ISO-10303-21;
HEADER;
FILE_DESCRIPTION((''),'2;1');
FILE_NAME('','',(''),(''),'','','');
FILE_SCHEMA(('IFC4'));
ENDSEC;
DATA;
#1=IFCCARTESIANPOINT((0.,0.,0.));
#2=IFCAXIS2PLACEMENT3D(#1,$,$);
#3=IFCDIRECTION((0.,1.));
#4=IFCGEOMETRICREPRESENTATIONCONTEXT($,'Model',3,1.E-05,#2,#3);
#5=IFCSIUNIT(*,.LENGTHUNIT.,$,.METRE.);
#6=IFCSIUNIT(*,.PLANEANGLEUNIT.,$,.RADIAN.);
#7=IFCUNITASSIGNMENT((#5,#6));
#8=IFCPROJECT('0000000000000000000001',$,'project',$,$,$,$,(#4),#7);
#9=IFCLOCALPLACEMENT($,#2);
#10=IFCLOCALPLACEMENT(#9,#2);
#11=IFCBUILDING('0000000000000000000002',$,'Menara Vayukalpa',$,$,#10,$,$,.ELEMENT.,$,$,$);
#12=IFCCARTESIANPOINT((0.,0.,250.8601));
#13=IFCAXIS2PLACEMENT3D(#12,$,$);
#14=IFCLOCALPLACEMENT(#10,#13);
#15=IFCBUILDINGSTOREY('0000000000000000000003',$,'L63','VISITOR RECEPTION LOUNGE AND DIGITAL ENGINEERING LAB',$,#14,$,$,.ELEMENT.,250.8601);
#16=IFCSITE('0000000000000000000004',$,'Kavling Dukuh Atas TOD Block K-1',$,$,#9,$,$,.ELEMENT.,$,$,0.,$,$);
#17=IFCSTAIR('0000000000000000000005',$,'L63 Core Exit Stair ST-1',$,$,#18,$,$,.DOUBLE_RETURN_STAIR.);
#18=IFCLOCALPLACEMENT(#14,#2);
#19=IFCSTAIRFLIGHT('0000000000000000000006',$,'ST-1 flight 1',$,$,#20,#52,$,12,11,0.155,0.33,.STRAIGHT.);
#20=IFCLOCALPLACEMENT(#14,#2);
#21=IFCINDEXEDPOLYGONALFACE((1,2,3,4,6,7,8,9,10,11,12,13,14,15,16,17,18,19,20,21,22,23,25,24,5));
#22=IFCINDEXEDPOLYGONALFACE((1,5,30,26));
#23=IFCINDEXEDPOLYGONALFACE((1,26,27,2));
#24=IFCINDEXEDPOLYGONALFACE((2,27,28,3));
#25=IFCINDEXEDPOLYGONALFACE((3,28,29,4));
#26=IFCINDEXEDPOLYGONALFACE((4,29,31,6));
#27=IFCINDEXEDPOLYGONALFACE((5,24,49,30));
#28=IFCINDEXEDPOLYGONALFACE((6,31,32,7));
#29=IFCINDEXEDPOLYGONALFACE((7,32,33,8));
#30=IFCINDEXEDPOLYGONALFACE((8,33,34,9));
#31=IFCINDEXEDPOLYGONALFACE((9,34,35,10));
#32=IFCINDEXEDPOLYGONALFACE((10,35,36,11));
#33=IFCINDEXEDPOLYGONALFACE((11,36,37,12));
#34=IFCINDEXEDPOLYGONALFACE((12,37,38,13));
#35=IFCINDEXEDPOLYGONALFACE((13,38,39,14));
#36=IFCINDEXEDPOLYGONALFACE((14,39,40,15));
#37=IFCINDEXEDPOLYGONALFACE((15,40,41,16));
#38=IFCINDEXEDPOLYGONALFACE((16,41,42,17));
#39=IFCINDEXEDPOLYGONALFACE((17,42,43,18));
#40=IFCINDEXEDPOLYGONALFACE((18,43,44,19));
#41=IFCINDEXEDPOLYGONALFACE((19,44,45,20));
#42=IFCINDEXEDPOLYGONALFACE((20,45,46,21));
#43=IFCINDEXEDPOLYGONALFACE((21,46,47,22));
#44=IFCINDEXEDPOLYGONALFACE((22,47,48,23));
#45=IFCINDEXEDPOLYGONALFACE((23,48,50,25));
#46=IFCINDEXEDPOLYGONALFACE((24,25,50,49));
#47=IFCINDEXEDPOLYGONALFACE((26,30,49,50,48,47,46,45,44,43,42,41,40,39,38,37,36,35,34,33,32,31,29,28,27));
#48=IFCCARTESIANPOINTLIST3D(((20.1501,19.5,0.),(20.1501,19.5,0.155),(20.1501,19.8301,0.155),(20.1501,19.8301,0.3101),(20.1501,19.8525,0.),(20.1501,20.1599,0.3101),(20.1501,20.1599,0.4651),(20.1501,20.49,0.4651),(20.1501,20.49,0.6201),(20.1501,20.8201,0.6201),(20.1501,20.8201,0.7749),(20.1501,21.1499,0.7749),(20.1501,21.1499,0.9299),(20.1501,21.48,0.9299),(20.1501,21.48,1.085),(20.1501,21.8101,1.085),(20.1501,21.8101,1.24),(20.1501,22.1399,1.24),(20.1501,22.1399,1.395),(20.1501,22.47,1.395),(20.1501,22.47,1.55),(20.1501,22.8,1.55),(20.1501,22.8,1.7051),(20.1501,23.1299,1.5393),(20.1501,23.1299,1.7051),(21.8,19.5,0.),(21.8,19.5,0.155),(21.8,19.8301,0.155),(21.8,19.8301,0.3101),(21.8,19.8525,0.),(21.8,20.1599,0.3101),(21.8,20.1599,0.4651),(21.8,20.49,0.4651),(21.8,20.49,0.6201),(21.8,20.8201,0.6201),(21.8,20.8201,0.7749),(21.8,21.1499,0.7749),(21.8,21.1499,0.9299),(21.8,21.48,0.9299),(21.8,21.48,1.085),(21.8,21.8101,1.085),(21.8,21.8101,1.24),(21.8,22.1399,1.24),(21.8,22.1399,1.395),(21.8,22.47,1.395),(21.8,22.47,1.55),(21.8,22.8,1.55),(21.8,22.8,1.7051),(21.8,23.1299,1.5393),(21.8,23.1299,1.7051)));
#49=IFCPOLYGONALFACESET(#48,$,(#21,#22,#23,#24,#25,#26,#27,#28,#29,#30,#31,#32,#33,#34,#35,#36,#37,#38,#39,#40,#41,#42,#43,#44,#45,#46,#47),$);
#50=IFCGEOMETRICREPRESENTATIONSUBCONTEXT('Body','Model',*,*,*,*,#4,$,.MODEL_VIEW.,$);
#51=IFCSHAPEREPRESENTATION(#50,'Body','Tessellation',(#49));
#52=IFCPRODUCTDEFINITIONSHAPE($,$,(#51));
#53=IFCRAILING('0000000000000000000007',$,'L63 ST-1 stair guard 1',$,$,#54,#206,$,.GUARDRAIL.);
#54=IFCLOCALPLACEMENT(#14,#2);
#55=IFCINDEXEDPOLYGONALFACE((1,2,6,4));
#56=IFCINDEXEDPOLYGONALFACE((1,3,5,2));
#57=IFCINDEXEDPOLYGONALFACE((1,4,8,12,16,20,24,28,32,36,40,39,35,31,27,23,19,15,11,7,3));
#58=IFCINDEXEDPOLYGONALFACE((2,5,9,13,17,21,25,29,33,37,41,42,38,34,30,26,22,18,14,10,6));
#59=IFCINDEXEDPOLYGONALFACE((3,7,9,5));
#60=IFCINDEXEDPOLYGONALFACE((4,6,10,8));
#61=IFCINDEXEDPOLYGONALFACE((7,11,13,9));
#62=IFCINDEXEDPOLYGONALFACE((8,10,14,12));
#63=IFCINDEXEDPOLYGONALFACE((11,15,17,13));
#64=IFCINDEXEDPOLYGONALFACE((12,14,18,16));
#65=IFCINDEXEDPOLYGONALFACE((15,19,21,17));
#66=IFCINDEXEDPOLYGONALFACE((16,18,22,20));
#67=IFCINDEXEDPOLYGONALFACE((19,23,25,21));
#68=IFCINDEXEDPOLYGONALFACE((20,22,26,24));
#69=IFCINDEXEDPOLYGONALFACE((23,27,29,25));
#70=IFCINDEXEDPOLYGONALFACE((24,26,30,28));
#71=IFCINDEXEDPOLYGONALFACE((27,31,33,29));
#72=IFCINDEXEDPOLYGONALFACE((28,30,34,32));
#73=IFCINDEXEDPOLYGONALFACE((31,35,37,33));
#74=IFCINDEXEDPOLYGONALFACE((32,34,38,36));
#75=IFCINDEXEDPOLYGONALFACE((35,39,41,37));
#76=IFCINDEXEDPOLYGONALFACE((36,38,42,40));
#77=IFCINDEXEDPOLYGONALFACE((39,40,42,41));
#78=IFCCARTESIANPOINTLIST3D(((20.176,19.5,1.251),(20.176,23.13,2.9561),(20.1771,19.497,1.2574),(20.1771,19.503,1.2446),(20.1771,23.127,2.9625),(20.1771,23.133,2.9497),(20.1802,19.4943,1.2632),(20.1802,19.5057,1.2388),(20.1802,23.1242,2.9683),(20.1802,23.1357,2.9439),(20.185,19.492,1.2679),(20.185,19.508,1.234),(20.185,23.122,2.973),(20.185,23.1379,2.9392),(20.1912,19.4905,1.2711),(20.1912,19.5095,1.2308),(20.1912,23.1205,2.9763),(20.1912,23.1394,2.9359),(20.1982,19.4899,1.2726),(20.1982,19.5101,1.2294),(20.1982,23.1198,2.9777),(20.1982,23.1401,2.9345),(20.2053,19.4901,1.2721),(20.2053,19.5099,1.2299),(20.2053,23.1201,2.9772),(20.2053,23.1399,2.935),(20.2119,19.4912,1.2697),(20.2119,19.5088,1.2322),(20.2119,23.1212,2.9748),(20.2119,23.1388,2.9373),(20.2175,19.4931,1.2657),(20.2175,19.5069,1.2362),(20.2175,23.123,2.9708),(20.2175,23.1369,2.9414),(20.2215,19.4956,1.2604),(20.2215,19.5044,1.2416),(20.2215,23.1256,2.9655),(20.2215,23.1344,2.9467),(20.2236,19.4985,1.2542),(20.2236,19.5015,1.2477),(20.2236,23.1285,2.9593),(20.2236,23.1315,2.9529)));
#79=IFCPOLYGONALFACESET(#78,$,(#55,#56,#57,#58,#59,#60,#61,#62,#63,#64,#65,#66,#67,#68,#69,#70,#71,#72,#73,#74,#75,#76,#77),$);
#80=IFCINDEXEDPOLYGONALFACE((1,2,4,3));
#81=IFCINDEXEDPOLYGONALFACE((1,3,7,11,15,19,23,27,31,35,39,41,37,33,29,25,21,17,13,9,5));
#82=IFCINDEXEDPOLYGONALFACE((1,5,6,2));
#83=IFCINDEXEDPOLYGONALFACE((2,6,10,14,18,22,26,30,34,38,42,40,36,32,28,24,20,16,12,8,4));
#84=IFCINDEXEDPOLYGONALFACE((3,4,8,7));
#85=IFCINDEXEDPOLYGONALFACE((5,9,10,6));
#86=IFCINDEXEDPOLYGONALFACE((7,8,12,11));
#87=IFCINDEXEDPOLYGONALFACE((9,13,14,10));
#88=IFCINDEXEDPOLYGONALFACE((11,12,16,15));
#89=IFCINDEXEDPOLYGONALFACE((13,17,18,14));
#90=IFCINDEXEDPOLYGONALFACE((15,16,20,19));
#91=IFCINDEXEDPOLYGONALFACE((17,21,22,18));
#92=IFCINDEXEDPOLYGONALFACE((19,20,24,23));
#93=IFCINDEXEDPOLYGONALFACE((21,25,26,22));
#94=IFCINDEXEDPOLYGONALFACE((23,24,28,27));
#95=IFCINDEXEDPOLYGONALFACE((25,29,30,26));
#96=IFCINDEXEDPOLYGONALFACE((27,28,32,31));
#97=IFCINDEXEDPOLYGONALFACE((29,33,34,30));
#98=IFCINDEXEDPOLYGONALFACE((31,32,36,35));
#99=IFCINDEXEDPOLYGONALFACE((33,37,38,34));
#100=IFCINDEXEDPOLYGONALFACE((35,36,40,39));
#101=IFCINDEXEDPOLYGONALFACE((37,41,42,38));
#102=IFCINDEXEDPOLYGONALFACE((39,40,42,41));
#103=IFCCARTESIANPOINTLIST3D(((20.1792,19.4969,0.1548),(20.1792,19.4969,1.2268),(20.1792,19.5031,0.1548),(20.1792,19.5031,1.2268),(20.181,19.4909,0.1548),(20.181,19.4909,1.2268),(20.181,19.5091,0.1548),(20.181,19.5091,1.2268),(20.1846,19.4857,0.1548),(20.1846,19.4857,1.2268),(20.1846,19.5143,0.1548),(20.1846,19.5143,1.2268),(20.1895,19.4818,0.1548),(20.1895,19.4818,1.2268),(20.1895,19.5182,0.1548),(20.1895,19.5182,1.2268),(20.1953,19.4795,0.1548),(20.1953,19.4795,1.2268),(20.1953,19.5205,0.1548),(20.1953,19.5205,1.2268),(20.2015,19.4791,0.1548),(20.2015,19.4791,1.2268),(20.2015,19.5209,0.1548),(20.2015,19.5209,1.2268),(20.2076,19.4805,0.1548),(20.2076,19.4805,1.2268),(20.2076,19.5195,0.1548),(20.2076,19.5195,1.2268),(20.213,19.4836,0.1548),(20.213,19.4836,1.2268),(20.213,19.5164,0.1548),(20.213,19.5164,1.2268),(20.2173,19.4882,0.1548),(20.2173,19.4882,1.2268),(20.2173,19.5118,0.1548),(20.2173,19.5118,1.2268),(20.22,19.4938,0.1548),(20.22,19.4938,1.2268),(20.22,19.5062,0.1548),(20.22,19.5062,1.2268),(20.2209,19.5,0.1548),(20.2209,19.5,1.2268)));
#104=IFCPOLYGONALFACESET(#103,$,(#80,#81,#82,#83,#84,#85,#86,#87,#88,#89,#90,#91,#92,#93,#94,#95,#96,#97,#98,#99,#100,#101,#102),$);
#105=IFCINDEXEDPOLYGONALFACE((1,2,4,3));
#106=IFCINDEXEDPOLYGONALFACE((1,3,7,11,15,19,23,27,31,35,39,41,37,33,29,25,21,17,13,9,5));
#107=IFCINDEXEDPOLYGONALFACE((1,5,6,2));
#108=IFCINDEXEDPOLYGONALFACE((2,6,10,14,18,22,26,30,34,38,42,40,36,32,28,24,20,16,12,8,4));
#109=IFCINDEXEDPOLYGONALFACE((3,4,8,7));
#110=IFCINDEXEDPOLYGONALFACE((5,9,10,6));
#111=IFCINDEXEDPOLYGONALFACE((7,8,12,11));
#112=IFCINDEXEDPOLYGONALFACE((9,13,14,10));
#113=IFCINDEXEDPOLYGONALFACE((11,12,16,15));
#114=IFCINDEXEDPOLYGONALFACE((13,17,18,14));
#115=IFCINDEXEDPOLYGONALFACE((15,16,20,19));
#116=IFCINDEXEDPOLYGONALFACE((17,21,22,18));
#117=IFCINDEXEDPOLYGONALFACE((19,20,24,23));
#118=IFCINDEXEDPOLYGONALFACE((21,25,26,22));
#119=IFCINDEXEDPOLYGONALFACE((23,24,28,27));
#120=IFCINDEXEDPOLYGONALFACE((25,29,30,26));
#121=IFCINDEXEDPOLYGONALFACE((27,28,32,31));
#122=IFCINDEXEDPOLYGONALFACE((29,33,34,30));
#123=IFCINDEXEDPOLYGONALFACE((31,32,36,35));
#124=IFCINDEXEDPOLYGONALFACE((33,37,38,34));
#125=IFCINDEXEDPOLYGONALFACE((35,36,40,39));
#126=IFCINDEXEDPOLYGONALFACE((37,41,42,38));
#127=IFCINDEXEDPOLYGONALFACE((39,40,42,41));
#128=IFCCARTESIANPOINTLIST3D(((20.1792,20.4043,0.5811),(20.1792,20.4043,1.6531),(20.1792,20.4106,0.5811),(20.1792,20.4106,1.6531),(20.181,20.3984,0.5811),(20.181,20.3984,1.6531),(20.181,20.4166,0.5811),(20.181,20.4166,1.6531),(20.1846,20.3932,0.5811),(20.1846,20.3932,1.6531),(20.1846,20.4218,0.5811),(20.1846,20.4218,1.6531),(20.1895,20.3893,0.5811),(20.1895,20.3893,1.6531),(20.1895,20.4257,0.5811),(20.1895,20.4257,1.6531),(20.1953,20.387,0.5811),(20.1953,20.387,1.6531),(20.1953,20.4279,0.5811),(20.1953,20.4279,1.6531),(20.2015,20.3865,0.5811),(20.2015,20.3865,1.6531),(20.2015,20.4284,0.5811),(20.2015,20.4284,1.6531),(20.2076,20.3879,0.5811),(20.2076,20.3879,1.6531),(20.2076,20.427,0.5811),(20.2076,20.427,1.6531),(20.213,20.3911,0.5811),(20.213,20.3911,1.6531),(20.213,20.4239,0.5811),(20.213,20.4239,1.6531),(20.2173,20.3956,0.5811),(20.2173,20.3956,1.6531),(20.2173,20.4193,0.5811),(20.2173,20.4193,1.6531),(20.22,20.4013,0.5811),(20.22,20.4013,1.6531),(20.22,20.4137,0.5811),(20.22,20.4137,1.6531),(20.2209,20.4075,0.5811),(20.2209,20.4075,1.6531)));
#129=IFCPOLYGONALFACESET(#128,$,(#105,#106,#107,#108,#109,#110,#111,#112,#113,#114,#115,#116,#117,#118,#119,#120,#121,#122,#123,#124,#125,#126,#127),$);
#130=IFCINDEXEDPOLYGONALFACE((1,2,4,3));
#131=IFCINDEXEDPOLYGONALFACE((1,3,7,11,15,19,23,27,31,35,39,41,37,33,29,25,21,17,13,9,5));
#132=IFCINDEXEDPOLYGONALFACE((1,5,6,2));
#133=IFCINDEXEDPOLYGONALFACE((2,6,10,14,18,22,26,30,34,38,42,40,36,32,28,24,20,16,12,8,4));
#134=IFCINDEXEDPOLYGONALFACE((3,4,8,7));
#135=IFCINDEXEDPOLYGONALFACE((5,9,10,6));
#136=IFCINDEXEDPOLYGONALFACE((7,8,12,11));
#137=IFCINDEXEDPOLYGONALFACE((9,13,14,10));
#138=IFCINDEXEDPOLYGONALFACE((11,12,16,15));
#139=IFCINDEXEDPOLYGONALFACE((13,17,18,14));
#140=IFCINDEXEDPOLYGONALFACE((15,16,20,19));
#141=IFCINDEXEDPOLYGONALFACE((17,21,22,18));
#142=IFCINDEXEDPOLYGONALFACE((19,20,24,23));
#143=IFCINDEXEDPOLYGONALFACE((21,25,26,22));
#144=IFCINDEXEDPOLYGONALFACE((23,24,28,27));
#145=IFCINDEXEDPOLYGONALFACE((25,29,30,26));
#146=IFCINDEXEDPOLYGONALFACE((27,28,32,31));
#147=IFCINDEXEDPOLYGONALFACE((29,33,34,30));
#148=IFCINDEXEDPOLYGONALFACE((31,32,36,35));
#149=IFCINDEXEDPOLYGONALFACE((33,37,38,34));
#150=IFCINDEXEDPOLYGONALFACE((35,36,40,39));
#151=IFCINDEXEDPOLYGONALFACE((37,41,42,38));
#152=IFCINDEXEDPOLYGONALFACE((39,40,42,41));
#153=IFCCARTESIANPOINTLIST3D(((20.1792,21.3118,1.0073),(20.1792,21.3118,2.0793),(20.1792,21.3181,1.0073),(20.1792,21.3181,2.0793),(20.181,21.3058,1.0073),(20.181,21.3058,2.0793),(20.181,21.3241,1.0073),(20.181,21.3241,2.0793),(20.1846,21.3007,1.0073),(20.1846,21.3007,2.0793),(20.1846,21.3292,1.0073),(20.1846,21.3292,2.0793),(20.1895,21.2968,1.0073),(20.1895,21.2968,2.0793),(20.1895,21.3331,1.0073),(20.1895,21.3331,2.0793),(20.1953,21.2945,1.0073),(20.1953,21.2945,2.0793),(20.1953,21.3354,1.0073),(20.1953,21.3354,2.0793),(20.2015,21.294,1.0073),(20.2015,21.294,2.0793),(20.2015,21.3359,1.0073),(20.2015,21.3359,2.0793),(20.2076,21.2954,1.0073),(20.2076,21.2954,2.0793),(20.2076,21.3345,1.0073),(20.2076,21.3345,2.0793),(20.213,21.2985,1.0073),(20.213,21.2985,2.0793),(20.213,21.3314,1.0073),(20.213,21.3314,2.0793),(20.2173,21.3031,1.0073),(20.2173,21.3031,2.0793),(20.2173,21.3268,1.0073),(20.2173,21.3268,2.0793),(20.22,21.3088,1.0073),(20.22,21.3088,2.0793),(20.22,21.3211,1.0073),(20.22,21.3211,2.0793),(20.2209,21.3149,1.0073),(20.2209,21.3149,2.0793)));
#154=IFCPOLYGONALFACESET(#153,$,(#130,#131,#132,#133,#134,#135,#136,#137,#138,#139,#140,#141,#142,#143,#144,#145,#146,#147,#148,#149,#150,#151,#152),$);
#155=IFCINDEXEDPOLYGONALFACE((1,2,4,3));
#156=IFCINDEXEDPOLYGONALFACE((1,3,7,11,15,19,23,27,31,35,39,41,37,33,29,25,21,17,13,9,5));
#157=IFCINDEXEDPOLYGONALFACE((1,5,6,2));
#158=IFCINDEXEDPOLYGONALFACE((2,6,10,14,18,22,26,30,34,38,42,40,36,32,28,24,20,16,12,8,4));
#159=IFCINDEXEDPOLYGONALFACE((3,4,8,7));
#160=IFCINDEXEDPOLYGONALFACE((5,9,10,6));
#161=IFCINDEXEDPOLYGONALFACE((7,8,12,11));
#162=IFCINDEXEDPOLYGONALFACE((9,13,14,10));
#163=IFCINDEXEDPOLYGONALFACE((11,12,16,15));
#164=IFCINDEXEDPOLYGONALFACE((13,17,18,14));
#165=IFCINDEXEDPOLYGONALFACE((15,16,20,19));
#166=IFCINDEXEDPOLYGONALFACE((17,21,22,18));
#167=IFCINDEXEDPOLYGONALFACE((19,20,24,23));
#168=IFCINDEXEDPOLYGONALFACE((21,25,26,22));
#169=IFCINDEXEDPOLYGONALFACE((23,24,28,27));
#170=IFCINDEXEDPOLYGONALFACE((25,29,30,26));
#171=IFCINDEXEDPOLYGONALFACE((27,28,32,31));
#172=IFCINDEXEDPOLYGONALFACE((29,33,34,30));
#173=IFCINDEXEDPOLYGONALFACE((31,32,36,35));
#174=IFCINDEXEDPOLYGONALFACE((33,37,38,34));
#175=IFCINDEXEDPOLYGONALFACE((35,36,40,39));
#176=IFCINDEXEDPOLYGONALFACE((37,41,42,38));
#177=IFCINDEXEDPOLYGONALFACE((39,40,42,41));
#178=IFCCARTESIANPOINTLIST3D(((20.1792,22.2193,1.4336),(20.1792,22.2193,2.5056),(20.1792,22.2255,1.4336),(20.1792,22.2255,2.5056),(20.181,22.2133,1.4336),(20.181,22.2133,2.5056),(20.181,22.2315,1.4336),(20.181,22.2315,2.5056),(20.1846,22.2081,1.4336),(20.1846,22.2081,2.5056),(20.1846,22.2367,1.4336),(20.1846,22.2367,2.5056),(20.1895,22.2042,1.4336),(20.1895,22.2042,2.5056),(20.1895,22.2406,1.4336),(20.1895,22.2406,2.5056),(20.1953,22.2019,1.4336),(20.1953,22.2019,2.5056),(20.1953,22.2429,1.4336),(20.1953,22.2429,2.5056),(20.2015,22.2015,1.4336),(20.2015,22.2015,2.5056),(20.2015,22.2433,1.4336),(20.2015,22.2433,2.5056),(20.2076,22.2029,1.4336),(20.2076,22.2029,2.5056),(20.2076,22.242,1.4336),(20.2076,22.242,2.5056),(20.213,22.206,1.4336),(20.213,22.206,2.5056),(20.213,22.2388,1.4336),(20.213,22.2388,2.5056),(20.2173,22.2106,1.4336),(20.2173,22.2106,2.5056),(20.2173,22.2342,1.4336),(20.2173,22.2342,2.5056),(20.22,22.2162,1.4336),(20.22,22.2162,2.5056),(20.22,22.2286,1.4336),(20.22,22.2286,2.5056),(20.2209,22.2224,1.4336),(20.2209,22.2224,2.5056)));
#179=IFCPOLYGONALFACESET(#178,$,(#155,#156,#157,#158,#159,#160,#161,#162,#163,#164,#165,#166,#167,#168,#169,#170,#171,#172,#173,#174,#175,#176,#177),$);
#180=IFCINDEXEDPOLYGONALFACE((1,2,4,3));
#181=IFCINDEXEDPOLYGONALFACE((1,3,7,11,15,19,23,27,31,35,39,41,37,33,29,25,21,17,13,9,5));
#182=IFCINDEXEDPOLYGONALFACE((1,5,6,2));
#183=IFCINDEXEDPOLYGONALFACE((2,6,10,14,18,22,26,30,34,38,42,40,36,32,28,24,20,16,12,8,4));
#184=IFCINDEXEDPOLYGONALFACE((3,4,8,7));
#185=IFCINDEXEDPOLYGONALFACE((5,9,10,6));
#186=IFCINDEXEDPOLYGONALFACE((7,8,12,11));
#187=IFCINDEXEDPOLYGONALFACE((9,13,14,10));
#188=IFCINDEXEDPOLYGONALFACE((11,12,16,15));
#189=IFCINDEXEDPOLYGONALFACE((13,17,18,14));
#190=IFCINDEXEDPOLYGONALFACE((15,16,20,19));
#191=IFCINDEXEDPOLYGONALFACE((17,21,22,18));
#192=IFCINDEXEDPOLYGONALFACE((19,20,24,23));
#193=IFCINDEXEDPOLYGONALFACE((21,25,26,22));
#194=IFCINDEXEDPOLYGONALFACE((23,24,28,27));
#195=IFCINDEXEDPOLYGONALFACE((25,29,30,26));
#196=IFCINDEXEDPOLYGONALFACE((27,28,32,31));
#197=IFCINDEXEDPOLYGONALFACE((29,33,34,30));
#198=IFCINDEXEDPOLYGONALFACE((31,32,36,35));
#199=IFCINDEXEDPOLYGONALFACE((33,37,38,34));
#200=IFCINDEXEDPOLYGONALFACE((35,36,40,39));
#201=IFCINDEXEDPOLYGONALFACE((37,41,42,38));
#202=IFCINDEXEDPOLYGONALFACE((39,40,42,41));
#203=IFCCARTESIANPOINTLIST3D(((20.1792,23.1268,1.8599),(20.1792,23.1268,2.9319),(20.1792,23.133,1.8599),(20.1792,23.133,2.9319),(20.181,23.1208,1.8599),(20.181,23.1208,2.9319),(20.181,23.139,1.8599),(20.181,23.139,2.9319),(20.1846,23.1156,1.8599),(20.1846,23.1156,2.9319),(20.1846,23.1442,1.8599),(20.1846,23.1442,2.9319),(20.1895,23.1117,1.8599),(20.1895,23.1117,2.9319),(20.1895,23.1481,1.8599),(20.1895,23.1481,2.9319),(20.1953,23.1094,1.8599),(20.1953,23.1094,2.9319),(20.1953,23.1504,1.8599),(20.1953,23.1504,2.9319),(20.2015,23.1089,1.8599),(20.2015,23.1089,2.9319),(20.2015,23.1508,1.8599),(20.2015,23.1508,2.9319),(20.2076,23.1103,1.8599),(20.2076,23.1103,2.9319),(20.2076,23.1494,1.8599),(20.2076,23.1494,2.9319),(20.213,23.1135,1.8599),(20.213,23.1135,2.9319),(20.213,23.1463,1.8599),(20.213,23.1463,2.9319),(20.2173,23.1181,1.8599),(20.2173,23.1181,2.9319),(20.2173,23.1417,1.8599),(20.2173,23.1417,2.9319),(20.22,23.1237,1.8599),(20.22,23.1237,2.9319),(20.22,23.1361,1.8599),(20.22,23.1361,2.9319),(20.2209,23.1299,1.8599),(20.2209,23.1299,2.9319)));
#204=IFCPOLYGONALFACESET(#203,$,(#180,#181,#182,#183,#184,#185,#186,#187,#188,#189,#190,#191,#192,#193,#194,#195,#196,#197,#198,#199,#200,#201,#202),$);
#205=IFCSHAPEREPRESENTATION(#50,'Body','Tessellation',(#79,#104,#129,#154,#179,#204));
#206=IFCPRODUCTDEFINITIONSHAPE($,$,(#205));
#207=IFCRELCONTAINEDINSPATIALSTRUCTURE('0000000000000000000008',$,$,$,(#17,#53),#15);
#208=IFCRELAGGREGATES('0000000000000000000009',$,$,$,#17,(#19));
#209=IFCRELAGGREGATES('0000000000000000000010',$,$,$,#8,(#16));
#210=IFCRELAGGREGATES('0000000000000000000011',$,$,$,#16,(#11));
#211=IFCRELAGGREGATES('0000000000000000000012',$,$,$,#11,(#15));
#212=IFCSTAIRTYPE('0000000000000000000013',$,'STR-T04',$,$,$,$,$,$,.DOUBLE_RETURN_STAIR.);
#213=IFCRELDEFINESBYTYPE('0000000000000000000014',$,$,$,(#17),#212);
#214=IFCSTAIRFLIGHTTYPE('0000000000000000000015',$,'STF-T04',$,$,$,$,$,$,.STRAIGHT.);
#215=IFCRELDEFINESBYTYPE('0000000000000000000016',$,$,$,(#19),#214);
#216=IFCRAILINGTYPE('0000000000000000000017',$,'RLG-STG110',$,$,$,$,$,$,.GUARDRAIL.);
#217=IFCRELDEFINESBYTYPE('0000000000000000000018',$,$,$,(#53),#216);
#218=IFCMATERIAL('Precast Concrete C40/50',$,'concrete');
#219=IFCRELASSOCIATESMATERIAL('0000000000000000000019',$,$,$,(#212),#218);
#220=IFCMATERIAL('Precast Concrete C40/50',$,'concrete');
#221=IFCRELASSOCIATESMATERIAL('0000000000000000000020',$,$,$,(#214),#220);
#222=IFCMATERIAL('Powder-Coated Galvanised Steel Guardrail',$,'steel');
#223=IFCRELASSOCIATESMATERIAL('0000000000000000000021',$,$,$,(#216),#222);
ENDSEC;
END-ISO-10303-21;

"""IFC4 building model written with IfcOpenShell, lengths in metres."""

from ifc_helpers import new_model, si_unit, direction, frame, origin, origin_2d, place, context, subcontext, project, spatial, polyline, circle, outline, extrude, material, type_object, element, aggregate, save


model = new_model("IFC4")

# Units and contexts
model_context = context("Model", 3, precision=1e-05, world=origin(), true_north=direction((0.0, 1.0)))
body_context = subcontext(model_context, "Body", "Model", "MODEL_VIEW")
ifc_project = project(units=[si_unit("LENGTHUNIT", "METRE"), si_unit("PLANEANGLEUNIT", "RADIAN")], contexts=[model_context])

# Site, building, storey
site_placement = place(None, origin())
site = spatial("IfcSite", under=ifc_project, at=site_placement, Name="Kavling Dukuh Atas TOD Block K-1", CompositionType="ELEMENT", RefElevation=0.0)
building_placement = place(site_placement, origin())
building = spatial("IfcBuilding", under=site, at=building_placement, Name="Menara Vayukalpa", CompositionType="ELEMENT")
storey_placement = place(building_placement, frame((0.0, 0.0, 250.8601)))
storey = spatial("IfcBuildingStorey", under=building, at=storey_placement, Name="L63", Description="VISITOR RECEPTION LOUNGE AND DIGITAL ENGINEERING LAB", CompositionType="ELEMENT", Elevation=250.8601)

# Stair, stair flight
ifc_material_1 = material(Name="Precast Concrete C40/50", Category="concrete")
stair_type = type_object("IfcStairType", Name="STR-T04", PredefinedType="DOUBLE_RETURN_STAIR", material=ifc_material_1)
stair_placement = place(storey_placement, origin())
stair = element("IfcStair", 1, at=stair_placement, inside=storey, type_object=stair_type, Name="L63 Core Exit Stair ST-1", PredefinedType="DOUBLE_RETURN_STAIR")
ifc_material_2 = material(Name="Precast Concrete C40/50", Category="concrete")
stair_flight_type = type_object("IfcStairFlightType", Name="STF-T04", PredefinedType="STRAIGHT", material=ifc_material_2)
stair_flight_placement = place(storey_placement, frame((20.9751, 19.5, 0.0), z_axis=(0.0, 0.0, 1.0), x_axis=(0.0, 1.0, 0.0)))
stair_flight = element("IfcStairFlight", 2, at=stair_flight_placement, type_object=stair_flight_type, Name="ST-1 flight 1", NumberOfRisers=12, NumberOfTreads=11, PredefinedType="STRAIGHT", RiserHeight=0.155, TreadLength=0.33, context=body_context, shape_type="SweptSolid", body=[
    extrude(outline(polyline([(0.0, 0.0), (0.0, 0.155), (0.3301, 0.155), (0.3301, 0.3101), (0.6599, 0.3101), (0.6599, 0.4651), (0.99, 0.4651), (0.99, 0.6201), (1.3201, 0.6201), (1.3201, 0.7749), (1.6499, 0.7749), (1.6499, 0.9299), (1.98, 0.9299), (1.98, 1.085), (2.3101, 1.085), (2.3101, 1.24), (2.6399, 1.24), (2.6399, 1.395), (2.97, 1.395), (2.97, 1.55), (3.3, 1.55), (3.3, 1.7051), (3.6299, 1.7051), (3.6299, 1.8601), (3.6299, 1.5393), (0.3525, 0.0), (0.0, 0.0)])), frame((0.0, 0.825, 0.0), z_axis=(0.0, -1.0, 0.0), x_axis=(1.0, 0.0, 0.0)), (0.0, 0.0, 1.0), 1.6499),
])
aggregate(stair, [stair_flight])

# Railing
ifc_material_3 = material(Name="Powder-Coated Galvanised Steel Guardrail", Category="steel")
railing_type_1 = type_object("IfcRailingType", Name="RLG-STG110", PredefinedType="GUARDRAIL", material=ifc_material_3)
railing_1_placement = place(storey_placement, frame((20.2, 19.5, 0.1548)))
element("IfcRailing", 3, at=railing_1_placement, inside=storey, type_object=railing_type_1, Name="L63 ST-1 stair guard 1", PredefinedType="GUARDRAIL", context=body_context, shape_type="SweptSolid", body=[
    extrude(circle(Radius=0.0239, at=origin_2d()), frame((0.0, 0.0, 1.0962), z_axis=(0.0, 0.905116, 0.425164), x_axis=(-1.0, 0.0, 0.0)), (0.0, 0.0, 1.0), 4.0105),
    extrude(circle(Radius=0.021, at=origin_2d()), origin(), (0.0, 0.0, 1.0), 1.072),
    extrude(circle(Radius=0.021, at=origin_2d()), frame((0.0, 0.9075, 0.4263)), (0.0, 0.0, 1.0), 1.072),
    extrude(circle(Radius=0.021, at=origin_2d()), frame((0.0, 1.8149, 0.8525)), (0.0, 0.0, 1.0), 1.072),
    extrude(circle(Radius=0.021, at=origin_2d()), frame((0.0, 2.7224, 1.2788)), (0.0, 0.0, 1.0), 1.072),
    extrude(circle(Radius=0.021, at=origin_2d()), frame((0.0, 3.6299, 1.7051)), (0.0, 0.0, 1.0), 1.072),
])

save(model, "model.ifc")
